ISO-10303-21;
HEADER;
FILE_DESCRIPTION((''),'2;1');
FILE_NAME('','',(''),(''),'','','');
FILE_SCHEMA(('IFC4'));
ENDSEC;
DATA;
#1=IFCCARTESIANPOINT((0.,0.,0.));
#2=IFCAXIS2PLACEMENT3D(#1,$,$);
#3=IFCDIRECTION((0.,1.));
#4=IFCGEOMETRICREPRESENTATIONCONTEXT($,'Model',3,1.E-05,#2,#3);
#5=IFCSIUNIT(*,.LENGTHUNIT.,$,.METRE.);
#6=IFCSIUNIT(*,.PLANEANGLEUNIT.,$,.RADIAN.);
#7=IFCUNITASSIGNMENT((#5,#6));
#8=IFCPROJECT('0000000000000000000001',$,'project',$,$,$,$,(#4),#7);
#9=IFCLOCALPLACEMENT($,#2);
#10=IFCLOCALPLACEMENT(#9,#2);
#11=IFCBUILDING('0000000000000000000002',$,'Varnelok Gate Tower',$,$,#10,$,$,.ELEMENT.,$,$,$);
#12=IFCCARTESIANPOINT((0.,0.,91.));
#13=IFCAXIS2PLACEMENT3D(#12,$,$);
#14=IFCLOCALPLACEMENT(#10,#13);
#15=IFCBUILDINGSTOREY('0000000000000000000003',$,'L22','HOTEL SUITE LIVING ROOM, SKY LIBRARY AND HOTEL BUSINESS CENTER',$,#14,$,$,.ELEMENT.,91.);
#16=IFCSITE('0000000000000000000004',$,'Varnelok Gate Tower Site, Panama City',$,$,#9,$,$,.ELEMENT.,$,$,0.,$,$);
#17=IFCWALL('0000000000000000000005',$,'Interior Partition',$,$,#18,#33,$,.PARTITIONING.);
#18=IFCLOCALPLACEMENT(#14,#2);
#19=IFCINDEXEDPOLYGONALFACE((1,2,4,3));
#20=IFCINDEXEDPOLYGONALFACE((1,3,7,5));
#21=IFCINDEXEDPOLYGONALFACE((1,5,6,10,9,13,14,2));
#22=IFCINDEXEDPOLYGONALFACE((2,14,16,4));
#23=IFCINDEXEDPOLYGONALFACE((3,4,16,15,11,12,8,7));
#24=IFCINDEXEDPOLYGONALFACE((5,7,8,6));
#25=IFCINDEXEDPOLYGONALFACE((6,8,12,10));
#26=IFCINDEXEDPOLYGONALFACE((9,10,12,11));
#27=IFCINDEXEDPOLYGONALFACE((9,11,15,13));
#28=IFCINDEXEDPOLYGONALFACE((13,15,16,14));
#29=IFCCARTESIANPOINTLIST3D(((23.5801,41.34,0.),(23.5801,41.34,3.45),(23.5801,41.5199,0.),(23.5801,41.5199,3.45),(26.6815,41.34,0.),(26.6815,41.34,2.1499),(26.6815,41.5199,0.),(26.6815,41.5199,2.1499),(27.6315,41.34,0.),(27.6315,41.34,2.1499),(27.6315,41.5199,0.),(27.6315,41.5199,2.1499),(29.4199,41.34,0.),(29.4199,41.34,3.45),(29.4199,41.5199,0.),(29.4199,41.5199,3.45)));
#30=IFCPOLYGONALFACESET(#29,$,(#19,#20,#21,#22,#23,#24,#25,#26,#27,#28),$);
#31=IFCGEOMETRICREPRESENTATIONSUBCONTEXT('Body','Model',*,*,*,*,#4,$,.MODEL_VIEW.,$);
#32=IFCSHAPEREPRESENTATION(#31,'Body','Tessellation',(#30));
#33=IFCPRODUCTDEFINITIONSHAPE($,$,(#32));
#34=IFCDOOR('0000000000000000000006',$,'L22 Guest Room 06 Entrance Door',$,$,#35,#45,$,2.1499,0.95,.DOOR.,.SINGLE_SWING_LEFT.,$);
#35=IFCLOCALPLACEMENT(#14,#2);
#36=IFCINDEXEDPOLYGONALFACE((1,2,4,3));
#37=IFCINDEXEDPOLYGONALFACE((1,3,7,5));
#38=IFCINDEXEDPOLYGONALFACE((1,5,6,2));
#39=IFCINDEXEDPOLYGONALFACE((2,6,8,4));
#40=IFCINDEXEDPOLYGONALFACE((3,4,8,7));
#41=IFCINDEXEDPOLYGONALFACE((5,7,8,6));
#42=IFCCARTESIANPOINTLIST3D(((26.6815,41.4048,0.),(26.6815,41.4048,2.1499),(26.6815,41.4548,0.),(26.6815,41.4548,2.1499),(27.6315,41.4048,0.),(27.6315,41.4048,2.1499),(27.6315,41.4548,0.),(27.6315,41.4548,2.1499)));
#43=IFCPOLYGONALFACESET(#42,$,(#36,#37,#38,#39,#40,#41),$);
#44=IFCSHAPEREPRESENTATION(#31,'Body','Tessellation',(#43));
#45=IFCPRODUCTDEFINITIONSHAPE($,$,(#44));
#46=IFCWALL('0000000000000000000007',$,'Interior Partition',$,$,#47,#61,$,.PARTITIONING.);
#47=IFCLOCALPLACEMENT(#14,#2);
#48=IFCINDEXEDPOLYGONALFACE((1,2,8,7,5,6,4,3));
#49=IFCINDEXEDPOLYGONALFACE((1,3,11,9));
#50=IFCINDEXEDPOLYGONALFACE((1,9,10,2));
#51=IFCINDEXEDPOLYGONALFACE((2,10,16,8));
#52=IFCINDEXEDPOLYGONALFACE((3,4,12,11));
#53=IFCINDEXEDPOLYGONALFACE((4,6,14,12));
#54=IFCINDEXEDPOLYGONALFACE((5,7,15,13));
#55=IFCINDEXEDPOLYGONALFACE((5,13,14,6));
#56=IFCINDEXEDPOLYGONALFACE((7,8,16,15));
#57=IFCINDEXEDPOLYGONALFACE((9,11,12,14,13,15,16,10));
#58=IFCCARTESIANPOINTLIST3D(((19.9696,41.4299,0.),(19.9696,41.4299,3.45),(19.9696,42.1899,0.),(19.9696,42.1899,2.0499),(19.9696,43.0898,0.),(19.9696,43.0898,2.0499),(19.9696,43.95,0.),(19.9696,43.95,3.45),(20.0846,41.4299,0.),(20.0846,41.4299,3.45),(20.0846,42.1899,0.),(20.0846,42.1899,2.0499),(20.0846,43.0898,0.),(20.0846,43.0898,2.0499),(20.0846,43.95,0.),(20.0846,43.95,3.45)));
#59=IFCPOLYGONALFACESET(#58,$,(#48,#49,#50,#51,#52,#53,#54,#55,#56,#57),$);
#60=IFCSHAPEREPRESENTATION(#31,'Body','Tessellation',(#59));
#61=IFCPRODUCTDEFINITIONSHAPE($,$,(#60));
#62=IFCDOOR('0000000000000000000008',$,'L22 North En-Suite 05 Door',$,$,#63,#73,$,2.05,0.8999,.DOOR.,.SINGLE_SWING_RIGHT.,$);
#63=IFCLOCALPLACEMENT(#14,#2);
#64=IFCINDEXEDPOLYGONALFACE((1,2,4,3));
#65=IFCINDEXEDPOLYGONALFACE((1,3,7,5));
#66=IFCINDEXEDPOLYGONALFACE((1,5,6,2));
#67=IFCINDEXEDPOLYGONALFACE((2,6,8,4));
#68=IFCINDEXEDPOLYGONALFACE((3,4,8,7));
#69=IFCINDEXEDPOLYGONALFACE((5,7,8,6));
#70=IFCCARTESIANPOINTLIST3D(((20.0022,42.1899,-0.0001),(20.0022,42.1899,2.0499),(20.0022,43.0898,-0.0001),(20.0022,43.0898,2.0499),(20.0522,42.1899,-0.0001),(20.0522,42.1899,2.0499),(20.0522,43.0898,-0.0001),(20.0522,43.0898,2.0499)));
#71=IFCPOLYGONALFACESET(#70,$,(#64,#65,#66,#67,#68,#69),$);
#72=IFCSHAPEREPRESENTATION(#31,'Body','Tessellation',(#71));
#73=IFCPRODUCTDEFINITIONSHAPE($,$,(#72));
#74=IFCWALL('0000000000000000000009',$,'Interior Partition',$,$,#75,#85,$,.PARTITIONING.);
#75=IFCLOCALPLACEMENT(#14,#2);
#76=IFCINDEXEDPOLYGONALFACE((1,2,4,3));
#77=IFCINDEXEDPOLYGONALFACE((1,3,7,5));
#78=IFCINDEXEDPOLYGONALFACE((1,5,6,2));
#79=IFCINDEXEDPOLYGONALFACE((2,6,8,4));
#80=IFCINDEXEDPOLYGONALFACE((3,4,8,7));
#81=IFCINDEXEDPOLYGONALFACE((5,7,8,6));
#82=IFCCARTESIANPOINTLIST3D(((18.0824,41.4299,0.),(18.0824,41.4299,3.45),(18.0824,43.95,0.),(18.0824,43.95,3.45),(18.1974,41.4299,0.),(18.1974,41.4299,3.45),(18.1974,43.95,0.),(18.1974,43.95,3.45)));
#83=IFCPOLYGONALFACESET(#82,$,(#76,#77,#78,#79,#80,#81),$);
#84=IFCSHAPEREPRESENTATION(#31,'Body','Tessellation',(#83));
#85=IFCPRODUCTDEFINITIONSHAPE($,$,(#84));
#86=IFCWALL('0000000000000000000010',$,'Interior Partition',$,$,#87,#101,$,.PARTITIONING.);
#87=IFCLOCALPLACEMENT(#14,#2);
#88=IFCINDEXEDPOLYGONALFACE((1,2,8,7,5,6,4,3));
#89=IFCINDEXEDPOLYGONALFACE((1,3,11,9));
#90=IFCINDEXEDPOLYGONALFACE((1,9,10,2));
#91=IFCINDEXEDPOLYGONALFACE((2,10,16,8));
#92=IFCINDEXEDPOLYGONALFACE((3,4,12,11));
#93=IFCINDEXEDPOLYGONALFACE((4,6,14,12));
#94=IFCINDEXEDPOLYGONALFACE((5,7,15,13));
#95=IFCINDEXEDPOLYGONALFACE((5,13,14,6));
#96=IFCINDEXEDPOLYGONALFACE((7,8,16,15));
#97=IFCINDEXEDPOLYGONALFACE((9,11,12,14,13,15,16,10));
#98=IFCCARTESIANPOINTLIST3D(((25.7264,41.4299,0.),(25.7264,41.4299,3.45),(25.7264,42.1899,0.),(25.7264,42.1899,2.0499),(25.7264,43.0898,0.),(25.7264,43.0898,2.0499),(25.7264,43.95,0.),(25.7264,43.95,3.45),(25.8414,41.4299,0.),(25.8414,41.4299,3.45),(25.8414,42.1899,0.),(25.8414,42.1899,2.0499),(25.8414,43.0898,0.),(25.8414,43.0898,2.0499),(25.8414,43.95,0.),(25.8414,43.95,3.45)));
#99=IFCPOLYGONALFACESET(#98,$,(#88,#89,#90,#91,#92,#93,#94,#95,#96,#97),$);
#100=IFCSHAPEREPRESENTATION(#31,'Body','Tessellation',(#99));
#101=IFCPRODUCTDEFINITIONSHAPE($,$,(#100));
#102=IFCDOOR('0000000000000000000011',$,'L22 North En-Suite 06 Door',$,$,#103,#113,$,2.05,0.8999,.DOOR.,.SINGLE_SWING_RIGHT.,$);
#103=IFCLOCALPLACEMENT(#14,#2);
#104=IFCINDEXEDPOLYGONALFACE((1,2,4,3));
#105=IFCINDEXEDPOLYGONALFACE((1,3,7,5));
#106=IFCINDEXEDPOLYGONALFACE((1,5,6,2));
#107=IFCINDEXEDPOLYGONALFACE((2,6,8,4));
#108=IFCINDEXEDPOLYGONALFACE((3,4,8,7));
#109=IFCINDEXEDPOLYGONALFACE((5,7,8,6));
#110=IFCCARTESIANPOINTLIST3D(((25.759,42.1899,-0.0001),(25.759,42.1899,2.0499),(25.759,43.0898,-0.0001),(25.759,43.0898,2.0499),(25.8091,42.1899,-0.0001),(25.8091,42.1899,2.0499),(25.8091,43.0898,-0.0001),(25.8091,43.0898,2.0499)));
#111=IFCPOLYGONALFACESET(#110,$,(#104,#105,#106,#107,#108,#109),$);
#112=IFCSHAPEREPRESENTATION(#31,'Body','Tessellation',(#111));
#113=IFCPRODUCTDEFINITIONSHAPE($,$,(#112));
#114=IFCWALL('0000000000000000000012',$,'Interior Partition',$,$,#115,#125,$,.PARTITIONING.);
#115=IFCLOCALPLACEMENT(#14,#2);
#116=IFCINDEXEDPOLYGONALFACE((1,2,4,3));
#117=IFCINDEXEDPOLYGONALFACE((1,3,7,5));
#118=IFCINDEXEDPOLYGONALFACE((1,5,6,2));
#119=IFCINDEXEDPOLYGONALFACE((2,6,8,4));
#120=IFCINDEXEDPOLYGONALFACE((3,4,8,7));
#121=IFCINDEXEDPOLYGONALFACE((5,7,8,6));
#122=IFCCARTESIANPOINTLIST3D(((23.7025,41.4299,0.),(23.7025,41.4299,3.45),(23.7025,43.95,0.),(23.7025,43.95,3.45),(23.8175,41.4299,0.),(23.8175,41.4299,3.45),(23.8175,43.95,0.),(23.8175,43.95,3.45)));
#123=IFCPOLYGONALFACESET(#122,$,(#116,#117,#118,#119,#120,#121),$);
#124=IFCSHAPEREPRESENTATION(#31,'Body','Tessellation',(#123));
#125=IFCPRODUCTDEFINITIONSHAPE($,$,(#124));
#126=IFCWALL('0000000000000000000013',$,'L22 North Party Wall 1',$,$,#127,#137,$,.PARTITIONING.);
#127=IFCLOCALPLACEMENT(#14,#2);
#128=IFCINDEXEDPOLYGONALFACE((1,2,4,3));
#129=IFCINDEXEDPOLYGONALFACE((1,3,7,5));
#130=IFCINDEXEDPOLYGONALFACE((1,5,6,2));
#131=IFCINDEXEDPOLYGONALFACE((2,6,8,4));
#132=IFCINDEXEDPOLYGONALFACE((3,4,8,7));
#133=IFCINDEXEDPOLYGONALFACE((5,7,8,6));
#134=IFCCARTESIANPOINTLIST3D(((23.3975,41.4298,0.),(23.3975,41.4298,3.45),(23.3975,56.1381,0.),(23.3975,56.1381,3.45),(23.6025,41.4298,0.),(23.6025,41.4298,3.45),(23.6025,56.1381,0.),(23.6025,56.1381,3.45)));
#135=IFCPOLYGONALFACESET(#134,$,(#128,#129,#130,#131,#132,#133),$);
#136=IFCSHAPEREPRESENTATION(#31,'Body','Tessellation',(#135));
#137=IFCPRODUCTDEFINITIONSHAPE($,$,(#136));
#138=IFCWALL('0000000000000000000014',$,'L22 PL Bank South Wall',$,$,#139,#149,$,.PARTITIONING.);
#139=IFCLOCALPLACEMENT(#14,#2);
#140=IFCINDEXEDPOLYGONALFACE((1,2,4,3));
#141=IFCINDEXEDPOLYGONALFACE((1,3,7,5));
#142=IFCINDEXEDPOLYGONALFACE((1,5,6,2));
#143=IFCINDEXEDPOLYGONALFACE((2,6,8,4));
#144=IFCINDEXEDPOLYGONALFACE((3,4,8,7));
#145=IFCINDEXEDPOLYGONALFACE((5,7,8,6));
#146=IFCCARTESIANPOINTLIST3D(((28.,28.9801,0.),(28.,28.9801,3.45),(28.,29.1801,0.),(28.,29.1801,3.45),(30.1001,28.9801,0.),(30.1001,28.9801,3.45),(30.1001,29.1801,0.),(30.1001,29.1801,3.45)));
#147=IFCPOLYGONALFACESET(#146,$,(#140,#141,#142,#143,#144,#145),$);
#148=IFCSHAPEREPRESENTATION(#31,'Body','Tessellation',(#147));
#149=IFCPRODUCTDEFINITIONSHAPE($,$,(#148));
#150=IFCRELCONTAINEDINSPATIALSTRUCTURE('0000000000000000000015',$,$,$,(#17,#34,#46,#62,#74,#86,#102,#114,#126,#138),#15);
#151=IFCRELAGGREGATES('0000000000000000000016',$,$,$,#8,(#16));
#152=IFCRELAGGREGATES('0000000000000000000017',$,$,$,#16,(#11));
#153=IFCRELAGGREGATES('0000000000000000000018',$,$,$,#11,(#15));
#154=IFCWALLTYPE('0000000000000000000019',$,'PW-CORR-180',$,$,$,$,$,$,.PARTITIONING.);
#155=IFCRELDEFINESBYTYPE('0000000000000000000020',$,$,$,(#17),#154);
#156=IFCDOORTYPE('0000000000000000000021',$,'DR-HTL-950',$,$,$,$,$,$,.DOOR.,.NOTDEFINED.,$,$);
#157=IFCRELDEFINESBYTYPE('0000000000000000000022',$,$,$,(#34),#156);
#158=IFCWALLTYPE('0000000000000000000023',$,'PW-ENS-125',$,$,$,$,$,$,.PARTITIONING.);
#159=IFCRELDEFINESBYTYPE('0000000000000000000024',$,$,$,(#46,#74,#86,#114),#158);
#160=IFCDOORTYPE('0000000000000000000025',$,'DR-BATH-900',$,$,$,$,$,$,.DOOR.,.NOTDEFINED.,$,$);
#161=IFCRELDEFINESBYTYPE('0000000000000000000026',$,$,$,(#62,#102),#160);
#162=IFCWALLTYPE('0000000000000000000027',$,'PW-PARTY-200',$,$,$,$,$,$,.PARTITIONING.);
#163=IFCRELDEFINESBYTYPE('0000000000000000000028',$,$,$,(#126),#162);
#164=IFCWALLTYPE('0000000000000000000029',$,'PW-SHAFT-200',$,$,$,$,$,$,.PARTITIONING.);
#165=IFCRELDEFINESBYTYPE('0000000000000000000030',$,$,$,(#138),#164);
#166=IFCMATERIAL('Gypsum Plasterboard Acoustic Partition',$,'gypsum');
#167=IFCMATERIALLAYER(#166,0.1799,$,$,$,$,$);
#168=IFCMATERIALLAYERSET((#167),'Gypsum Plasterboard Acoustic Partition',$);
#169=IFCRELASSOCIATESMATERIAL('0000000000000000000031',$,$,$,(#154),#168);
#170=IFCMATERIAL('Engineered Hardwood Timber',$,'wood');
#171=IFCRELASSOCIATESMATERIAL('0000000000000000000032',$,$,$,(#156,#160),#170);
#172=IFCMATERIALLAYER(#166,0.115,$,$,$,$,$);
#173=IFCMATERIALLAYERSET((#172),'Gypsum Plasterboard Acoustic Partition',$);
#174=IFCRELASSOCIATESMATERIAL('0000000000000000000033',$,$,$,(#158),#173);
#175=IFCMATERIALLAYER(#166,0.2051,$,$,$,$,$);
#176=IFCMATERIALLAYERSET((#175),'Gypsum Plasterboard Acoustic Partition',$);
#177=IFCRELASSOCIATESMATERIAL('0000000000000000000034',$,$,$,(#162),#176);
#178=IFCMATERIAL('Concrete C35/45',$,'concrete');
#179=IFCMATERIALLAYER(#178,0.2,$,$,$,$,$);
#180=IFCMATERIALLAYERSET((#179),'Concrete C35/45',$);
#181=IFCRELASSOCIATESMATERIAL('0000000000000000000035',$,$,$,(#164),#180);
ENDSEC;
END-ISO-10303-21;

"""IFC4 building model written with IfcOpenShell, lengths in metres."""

from ifc_helpers import new_model, si_unit, direction, frame, frame_2d, origin, place, context, subcontext, project, spatial, rectangle, extrude, material, layer, layer_set, type_object, element, fill, save


model = new_model("IFC4")

# Units and contexts
model_context = context("Model", 3, precision=1e-05, world=origin(), true_north=direction((0.0, 1.0)))
body_context = subcontext(model_context, "Body", "Model", "MODEL_VIEW")
ifc_project = project(units=[si_unit("LENGTHUNIT", "METRE"), si_unit("PLANEANGLEUNIT", "RADIAN")], contexts=[model_context])

# Site, building, storey
site_placement = place(None, origin())
site = spatial("IfcSite", under=ifc_project, at=site_placement, Name="Varnelok Gate Tower Site, Panama City", CompositionType="ELEMENT", RefElevation=0.0)
building_placement = place(site_placement, origin())
building = spatial("IfcBuilding", under=site, at=building_placement, Name="Varnelok Gate Tower", CompositionType="ELEMENT")
storey_placement = place(building_placement, frame((0.0, 0.0, 91.0)))
storey = spatial("IfcBuildingStorey", under=building, at=storey_placement, Name="L22", Description="HOTEL SUITE LIVING ROOM, SKY LIBRARY AND HOTEL BUSINESS CENTER", CompositionType="ELEMENT", Elevation=91.0)

# Walls, openings, doors
ifc_material_1 = material(Name="Gypsum Plasterboard Acoustic Partition", Category="gypsum")
ifc_layer_1 = layer(ifc_material_1, 0.1799)
ifc_layer_set_1 = layer_set([ifc_layer_1], Name="Gypsum Plasterboard Acoustic Partition")
wall_type_1 = type_object("IfcWallType", Name="PW-CORR-180", PredefinedType="PARTITIONING", material=ifc_layer_set_1)
ifc_material_2 = material(Name="Engineered Hardwood Timber", Category="wood")
door_type_1 = type_object("IfcDoorType", Name="DR-HTL-950", OperationType="NOTDEFINED", PredefinedType="DOOR", material=ifc_material_2)
wall_1_placement = place(storey_placement, frame((23.5801, 41.4299, 0.0), z_axis=(0.0, 0.0, 1.0), x_axis=(1.0, 0.0, 0.0)))
wall_1 = element("IfcWall", 1, at=wall_1_placement, inside=storey, type_object=wall_type_1, Name="Interior Partition", PredefinedType="PARTITIONING", context=body_context, shape_type="SweptSolid", body=[
    extrude(rectangle(XDim=5.8398, YDim=0.1799, at=frame_2d((2.9199, 0.0))), origin(), (0.0, 0.0, 1.0), 3.45),
])
opening_1_placement = place(wall_1_placement, frame((3.1013, 0.0, 0.0)))
opening_1 = element("IfcOpeningElement", 2, at=opening_1_placement, cuts=wall_1, PredefinedType="OPENING", context=body_context, shape_type="SweptSolid", body=[
    extrude(rectangle(XDim=0.95, YDim=2.1499, at=frame_2d((0.4751, 1.075))), frame((0.0, 0.0999, 0.0), z_axis=(0.0, -1.0, 0.0), x_axis=(1.0, 0.0, 0.0)), (0.0, 0.0, 1.0), 0.2),
])
door_1_placement = place(opening_1_placement, origin())
door_1 = element("IfcDoor", 3, at=door_1_placement, inside=storey, type_object=door_type_1, Name="L22 Guest Room 06 Entrance Door", OperationType="SINGLE_SWING_LEFT", OverallHeight=2.1499, OverallWidth=0.95, PredefinedType="DOOR", context=body_context, shape_type="SweptSolid", body=[
    extrude(rectangle(XDim=0.95, YDim=2.1499, at=frame_2d((0.4751, 1.075))), frame((0.0, 0.0249, 0.0), z_axis=(0.0, -1.0, 0.0), x_axis=(1.0, 0.0, 0.0)), (0.0, 0.0, 1.0), 0.05),
])
fill(opening_1, door_1)
ifc_layer_2 = layer(ifc_material_1, 0.115)
ifc_layer_set_2 = layer_set([ifc_layer_2], Name="Gypsum Plasterboard Acoustic Partition")
wall_type_2 = type_object("IfcWallType", Name="PW-ENS-125", PredefinedType="PARTITIONING", material=ifc_layer_set_2)
wall_2_placement = place(storey_placement, frame((20.0271, 41.4299, 0.0), z_axis=(0.0, 0.0, 1.0), x_axis=(0.0, 1.0, 0.0)))
wall_2 = element("IfcWall", 4, at=wall_2_placement, inside=storey, type_object=wall_type_2, Name="Interior Partition", PredefinedType="PARTITIONING", context=body_context, shape_type="SweptSolid", body=[
    extrude(rectangle(XDim=2.52, YDim=0.115, at=frame_2d((1.26, 0.0))), origin(), (0.0, 0.0, 1.0), 3.45),
])
opening_2_placement = place(wall_2_placement, frame((0.76, 0.0, 0.0)))
opening_2 = element("IfcOpeningElement", 5, at=opening_2_placement, cuts=wall_2, PredefinedType="OPENING", context=body_context, shape_type="SweptSolid", body=[
    extrude(rectangle(XDim=0.8999, YDim=2.05, at=frame_2d((0.45, 1.0249))), frame((0.0, 0.0674, 0.0), z_axis=(0.0, -1.0, 0.0), x_axis=(1.0, 0.0, 0.0)), (0.0, 0.0, 1.0), 0.135),
])
door_type_2 = type_object("IfcDoorType", Name="DR-BATH-900", OperationType="NOTDEFINED", PredefinedType="DOOR", material=ifc_material_2)
door_2_placement = place(opening_2_placement, origin())
door_2 = element("IfcDoor", 6, at=door_2_placement, inside=storey, type_object=door_type_2, Name="L22 North En-Suite 05 Door", OperationType="SINGLE_SWING_RIGHT", OverallHeight=2.05, OverallWidth=0.8999, PredefinedType="DOOR", context=body_context, shape_type="SweptSolid", body=[
    extrude(rectangle(XDim=0.8999, YDim=2.05, at=frame_2d((0.45, 1.0249))), frame((0.0, 0.0249, 0.0), z_axis=(0.0, -1.0, 0.0), x_axis=(1.0, 0.0, 0.0)), (0.0, 0.0, 1.0), 0.05),
])
fill(opening_2, door_2)

# Wall
wall_3_placement = place(storey_placement, frame((18.1399, 41.4299, 0.0), z_axis=(0.0, 0.0, 1.0), x_axis=(0.0, 1.0, 0.0)))
element("IfcWall", 7, at=wall_3_placement, inside=storey, type_object=wall_type_2, Name="Interior Partition", PredefinedType="PARTITIONING", context=body_context, shape_type="SweptSolid", body=[
    extrude(rectangle(XDim=2.52, YDim=0.115, at=frame_2d((1.26, 0.0))), origin(), (0.0, 0.0, 1.0), 3.45),
])

# Wall, opening, door
wall_4_placement = place(storey_placement, frame((25.7839, 41.4299, 0.0), z_axis=(0.0, 0.0, 1.0), x_axis=(0.0, 1.0, 0.0)))
wall_4 = element("IfcWall", 8, at=wall_4_placement, inside=storey, type_object=wall_type_2, Name="Interior Partition", PredefinedType="PARTITIONING", context=body_context, shape_type="SweptSolid", body=[
    extrude(rectangle(XDim=2.52, YDim=0.115, at=frame_2d((1.26, 0.0))), origin(), (0.0, 0.0, 1.0), 3.45),
])
opening_3_placement = place(wall_4_placement, frame((0.76, 0.0, 0.0)))
opening_3 = element("IfcOpeningElement", 9, at=opening_3_placement, cuts=wall_4, PredefinedType="OPENING", context=body_context, shape_type="SweptSolid", body=[
    extrude(rectangle(XDim=0.8999, YDim=2.05, at=frame_2d((0.45, 1.0249))), frame((0.0, 0.0674, 0.0), z_axis=(0.0, -1.0, 0.0), x_axis=(1.0, 0.0, 0.0)), (0.0, 0.0, 1.0), 0.135),
])
door_3_placement = place(opening_3_placement, origin())
door_3 = element("IfcDoor", 10, at=door_3_placement, inside=storey, type_object=door_type_2, Name="L22 North En-Suite 06 Door", OperationType="SINGLE_SWING_RIGHT", OverallHeight=2.05, OverallWidth=0.8999, PredefinedType="DOOR", context=body_context, shape_type="SweptSolid", body=[
    extrude(rectangle(XDim=0.8999, YDim=2.05, at=frame_2d((0.45, 1.0249))), frame((0.0, 0.0249, 0.0), z_axis=(0.0, -1.0, 0.0), x_axis=(1.0, 0.0, 0.0)), (0.0, 0.0, 1.0), 0.05),
])
fill(opening_3, door_3)

# Walls
wall_5_placement = place(storey_placement, frame((23.76, 41.4299, 0.0), z_axis=(0.0, 0.0, 1.0), x_axis=(0.0, 1.0, 0.0)))
element("IfcWall", 11, at=wall_5_placement, inside=storey, type_object=wall_type_2, Name="Interior Partition", PredefinedType="PARTITIONING", context=body_context, shape_type="SweptSolid", body=[
    extrude(rectangle(XDim=2.52, YDim=0.115, at=frame_2d((1.26, 0.0))), origin(), (0.0, 0.0, 1.0), 3.45),
])
ifc_layer_3 = layer(ifc_material_1, 0.2051)
ifc_layer_set_3 = layer_set([ifc_layer_3], Name="Gypsum Plasterboard Acoustic Partition")
wall_type_3 = type_object("IfcWallType", Name="PW-PARTY-200", PredefinedType="PARTITIONING", material=ifc_layer_set_3)
wall_6_placement = place(storey_placement, frame((23.5, 41.4299, 0.0), z_axis=(0.0, 0.0, 1.0), x_axis=(0.0, 1.0, 0.0)))
element("IfcWall", 12, at=wall_6_placement, inside=storey, type_object=wall_type_3, Name="L22 North Party Wall 1", PredefinedType="PARTITIONING", context=body_context, shape_type="SweptSolid", body=[
    extrude(rectangle(XDim=14.7083, YDim=0.2051, at=frame_2d((7.354, 0.0))), origin(), (0.0, 0.0, 1.0), 3.45),
])
ifc_material_3 = material(Name="Concrete C35/45", Category="concrete")
ifc_layer_4 = layer(ifc_material_3, 0.2)
ifc_layer_set_4 = layer_set([ifc_layer_4], Name="Concrete C35/45")
wall_type_4 = type_object("IfcWallType", Name="PW-SHAFT-200", PredefinedType="PARTITIONING", material=ifc_layer_set_4)
wall_7_placement = place(storey_placement, frame((28.0, 29.0801, 0.0), z_axis=(0.0, 0.0, 1.0), x_axis=(1.0, 0.0, 0.0)))
element("IfcWall", 13, at=wall_7_placement, inside=storey, type_object=wall_type_4, Name="L22 PL Bank South Wall", PredefinedType="PARTITIONING", context=body_context, shape_type="SweptSolid", body=[
    extrude(rectangle(XDim=2.1001, YDim=0.2, at=frame_2d((1.05, 0.0))), origin(), (0.0, 0.0, 1.0), 3.45),
])

save(model, "model.ifc")
